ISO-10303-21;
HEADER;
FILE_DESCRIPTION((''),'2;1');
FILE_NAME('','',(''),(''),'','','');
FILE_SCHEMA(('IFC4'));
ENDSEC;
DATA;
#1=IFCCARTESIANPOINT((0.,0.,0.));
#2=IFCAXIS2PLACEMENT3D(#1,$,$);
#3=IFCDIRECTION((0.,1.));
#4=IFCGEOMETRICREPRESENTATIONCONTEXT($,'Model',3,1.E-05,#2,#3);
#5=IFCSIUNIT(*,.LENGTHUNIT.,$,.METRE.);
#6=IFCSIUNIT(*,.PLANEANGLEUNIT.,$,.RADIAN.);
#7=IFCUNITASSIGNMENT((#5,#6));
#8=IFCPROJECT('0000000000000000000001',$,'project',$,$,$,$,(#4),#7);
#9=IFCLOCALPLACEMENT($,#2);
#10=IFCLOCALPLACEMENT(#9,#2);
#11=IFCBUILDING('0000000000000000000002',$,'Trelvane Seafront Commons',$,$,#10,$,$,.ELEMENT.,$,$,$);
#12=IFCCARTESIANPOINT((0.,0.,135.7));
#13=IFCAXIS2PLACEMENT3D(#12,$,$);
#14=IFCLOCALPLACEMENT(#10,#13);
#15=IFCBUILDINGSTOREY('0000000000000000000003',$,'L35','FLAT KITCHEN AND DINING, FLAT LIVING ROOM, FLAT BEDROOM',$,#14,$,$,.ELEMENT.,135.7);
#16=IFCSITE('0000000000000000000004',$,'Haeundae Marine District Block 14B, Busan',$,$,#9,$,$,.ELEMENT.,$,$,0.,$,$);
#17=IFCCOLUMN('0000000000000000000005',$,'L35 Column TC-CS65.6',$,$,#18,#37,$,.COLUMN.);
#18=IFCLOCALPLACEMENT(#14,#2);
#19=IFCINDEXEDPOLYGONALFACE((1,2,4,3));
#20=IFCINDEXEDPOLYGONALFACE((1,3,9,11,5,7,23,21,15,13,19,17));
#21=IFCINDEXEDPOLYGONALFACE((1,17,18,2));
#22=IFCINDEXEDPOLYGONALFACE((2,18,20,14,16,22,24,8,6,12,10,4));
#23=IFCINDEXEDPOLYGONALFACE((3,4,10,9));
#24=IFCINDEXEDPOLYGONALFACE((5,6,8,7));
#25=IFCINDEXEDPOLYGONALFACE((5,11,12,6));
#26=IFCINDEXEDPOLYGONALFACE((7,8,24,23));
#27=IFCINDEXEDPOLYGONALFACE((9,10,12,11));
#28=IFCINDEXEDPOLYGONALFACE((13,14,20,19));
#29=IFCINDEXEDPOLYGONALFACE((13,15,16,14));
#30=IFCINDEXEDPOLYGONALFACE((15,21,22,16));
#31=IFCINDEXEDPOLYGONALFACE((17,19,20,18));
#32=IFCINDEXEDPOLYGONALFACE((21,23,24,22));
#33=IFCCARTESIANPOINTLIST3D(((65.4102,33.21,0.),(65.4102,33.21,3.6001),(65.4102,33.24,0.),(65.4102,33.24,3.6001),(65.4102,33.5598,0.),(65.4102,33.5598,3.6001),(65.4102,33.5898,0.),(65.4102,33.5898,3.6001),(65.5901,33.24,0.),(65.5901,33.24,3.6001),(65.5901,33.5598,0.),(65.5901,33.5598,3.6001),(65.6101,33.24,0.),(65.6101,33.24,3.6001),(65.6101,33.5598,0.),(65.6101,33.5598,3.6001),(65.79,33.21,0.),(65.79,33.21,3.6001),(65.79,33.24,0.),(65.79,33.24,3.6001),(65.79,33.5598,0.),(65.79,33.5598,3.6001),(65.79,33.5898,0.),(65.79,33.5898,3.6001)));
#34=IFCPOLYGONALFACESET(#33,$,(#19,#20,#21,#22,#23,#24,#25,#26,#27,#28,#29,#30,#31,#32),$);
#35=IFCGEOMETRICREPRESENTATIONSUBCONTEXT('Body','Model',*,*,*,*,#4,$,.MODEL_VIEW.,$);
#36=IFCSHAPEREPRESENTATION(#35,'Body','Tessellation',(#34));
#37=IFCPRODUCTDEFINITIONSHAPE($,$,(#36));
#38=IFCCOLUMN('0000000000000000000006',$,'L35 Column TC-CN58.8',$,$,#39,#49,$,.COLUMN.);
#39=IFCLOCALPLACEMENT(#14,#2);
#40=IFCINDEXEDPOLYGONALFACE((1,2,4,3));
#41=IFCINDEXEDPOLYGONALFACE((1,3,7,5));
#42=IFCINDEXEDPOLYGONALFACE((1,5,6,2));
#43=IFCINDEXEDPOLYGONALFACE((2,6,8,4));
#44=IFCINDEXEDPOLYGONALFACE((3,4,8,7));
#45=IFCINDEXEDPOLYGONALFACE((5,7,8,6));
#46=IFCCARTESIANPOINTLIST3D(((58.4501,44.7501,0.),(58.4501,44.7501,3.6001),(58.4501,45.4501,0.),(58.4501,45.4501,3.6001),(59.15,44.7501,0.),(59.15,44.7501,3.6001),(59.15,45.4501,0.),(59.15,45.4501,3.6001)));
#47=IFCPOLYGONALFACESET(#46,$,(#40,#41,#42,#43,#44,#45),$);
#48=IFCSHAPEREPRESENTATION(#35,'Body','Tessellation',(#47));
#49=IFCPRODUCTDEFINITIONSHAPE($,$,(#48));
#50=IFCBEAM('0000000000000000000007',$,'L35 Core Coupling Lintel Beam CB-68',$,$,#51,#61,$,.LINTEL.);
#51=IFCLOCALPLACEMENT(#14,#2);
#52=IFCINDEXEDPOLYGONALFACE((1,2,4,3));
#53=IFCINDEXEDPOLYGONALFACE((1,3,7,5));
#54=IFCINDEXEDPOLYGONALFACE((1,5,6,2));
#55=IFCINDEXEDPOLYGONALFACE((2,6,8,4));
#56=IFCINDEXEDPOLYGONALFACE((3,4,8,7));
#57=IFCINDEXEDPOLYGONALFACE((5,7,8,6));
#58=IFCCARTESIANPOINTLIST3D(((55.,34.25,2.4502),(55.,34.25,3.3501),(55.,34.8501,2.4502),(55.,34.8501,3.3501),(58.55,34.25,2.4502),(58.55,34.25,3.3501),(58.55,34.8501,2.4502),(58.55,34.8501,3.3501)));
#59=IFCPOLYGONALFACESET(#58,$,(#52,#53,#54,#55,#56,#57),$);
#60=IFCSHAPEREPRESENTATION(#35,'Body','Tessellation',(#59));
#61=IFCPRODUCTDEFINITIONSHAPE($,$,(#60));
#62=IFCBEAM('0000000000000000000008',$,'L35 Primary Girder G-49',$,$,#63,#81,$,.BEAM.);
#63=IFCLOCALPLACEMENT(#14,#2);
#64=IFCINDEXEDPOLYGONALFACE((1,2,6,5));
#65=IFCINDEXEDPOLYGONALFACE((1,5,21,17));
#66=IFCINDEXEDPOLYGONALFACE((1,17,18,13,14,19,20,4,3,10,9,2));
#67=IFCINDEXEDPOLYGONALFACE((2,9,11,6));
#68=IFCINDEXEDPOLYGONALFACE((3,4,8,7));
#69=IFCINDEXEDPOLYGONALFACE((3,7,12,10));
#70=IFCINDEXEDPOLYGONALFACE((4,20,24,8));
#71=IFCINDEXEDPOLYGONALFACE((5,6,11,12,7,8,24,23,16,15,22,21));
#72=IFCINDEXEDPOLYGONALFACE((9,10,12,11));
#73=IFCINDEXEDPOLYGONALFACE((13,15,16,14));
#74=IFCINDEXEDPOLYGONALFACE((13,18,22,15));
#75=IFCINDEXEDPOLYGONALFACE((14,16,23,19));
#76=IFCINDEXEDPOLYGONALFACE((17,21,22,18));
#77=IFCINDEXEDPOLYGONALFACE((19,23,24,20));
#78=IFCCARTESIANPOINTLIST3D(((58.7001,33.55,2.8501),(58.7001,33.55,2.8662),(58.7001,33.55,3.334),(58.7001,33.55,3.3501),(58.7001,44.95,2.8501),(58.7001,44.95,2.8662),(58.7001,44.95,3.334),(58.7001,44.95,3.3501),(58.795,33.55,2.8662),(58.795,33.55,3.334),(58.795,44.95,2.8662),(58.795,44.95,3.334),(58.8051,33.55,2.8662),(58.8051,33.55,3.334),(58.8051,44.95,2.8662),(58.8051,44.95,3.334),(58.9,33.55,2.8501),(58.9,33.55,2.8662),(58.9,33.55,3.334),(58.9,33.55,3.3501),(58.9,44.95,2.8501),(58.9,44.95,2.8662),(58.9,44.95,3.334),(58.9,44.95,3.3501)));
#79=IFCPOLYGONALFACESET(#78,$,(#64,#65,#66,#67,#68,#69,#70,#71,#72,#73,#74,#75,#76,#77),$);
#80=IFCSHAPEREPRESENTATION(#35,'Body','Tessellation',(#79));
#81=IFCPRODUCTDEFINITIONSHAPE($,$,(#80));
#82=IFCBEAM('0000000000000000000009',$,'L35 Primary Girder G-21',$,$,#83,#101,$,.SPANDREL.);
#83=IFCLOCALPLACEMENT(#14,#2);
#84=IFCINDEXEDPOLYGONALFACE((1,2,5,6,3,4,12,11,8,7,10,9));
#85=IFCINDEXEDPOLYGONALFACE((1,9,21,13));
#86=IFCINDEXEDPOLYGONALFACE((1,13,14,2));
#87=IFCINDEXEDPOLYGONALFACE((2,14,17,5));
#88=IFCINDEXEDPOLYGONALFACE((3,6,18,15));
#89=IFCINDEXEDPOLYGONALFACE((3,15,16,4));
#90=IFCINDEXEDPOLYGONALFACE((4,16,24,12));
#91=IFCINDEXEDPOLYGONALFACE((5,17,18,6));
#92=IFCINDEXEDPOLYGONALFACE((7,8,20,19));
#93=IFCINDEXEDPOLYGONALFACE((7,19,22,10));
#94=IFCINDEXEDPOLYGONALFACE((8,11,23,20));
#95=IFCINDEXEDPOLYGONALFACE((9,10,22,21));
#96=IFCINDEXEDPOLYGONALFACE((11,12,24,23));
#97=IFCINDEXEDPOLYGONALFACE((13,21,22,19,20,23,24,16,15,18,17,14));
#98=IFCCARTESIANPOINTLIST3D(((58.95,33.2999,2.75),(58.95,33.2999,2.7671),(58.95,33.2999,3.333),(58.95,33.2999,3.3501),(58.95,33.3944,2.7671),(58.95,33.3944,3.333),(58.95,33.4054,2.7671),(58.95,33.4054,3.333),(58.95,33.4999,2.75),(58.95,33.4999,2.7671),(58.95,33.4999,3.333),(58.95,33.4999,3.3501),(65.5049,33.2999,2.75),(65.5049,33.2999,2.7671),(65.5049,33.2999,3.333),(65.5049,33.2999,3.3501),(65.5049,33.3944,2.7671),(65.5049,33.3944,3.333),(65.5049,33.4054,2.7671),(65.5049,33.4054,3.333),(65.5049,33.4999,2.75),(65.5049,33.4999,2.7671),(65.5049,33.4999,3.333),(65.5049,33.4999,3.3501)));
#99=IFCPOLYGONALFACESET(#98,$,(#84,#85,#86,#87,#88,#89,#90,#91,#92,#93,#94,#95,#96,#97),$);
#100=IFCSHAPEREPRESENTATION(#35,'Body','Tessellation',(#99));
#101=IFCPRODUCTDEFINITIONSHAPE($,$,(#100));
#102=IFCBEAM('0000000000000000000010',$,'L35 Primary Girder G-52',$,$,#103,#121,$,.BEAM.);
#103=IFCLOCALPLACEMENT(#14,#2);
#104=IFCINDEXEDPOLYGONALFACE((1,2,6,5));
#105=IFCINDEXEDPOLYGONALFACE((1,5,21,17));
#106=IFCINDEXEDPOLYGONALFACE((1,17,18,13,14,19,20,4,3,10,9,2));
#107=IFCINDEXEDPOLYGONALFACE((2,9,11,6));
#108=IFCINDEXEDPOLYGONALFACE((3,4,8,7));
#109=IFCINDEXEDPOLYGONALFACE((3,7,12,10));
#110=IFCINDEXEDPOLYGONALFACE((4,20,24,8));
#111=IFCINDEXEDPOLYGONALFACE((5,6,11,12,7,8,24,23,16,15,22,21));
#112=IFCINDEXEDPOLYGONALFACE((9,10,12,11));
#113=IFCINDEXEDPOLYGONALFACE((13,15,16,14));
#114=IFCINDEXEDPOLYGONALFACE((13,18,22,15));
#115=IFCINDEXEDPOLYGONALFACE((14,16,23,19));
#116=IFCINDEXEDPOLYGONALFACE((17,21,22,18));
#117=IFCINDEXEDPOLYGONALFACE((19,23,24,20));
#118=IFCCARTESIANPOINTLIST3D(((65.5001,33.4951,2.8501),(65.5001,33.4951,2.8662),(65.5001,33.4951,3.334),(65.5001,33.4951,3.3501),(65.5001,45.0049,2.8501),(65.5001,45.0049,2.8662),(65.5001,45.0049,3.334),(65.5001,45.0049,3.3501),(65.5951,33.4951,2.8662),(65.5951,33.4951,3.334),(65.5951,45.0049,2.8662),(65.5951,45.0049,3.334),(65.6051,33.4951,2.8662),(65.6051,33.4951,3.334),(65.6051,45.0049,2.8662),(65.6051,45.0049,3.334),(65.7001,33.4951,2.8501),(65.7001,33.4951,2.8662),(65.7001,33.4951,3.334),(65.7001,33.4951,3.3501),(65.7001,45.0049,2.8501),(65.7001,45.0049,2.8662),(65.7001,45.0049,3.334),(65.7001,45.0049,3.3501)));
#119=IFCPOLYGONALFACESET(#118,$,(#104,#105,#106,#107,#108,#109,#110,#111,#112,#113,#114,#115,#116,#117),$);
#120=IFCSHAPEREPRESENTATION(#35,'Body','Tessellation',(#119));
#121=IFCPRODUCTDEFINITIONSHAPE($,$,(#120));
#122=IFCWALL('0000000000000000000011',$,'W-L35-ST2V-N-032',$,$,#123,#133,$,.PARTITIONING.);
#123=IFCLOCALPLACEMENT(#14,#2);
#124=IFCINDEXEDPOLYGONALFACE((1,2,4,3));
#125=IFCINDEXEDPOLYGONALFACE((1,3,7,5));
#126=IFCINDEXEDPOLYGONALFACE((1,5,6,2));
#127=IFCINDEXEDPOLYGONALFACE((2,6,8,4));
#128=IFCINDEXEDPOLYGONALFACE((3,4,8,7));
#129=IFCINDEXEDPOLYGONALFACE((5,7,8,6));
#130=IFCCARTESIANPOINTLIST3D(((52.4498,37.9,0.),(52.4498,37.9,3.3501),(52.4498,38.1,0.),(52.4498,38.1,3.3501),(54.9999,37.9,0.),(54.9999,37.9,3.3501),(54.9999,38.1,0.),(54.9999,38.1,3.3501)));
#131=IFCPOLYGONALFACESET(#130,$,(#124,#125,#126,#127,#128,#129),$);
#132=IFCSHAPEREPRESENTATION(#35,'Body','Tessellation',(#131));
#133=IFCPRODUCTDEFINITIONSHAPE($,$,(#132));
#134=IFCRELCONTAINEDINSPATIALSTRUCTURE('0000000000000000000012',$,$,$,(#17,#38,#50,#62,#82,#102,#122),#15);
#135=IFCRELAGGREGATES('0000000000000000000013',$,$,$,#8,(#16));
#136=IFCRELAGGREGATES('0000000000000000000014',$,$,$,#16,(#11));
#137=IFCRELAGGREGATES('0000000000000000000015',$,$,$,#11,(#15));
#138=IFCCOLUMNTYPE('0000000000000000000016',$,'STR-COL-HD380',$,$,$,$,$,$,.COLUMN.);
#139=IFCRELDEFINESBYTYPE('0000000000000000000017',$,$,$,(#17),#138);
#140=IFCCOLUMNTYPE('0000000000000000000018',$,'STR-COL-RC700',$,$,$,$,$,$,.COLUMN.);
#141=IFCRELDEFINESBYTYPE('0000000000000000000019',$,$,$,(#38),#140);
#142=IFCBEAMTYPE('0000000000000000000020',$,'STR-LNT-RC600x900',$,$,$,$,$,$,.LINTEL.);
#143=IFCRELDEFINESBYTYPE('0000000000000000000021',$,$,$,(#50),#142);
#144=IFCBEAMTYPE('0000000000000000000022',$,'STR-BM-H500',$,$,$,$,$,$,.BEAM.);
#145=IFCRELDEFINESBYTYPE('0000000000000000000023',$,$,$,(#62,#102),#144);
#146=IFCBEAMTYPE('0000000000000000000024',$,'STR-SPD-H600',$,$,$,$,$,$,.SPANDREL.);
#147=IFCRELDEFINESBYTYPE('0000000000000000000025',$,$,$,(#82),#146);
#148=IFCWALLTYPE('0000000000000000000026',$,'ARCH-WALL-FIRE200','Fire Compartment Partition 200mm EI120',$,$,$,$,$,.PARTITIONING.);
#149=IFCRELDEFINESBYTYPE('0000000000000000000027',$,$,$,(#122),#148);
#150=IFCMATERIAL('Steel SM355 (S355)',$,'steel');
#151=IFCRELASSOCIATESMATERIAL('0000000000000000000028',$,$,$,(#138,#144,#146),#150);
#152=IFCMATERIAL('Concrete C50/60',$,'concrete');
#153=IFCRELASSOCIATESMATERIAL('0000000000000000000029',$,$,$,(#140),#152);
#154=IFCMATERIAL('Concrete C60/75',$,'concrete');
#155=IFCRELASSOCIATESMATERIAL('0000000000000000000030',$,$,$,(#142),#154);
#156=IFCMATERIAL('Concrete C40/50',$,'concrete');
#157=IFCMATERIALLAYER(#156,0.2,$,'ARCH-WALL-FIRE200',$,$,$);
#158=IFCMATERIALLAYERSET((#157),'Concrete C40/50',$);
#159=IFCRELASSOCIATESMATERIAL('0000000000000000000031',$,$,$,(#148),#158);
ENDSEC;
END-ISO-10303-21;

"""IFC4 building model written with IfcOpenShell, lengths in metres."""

from ifc_helpers import new_model, si_unit, direction, frame, frame_2d, origin, origin_2d, place, context, subcontext, project, spatial, rectangle, i_section, extrude, source, transform, mapped, material, layer, layer_set, material_profile, profile_set, type_object, element, save


model = new_model("IFC4")

# Units and contexts
model_context = context("Model", 3, precision=1e-05, world=origin(), true_north=direction((0.0, 1.0)))
body_context = subcontext(model_context, "Body", "Model", "MODEL_VIEW")
ifc_project = project(units=[si_unit("LENGTHUNIT", "METRE"), si_unit("PLANEANGLEUNIT", "RADIAN")], contexts=[model_context])

# Site, building, storey
site_placement = place(None, origin())
site = spatial("IfcSite", under=ifc_project, at=site_placement, Name="Haeundae Marine District Block 14B, Busan", CompositionType="ELEMENT", RefElevation=0.0)
building_placement = place(site_placement, origin())
building = spatial("IfcBuilding", under=site, at=building_placement, Name="Trelvane Seafront Commons", CompositionType="ELEMENT")
storey_placement = place(building_placement, frame((0.0, 0.0, 135.7)))
storey = spatial("IfcBuildingStorey", under=building, at=storey_placement, Name="L35", Description="FLAT KITCHEN AND DINING, FLAT LIVING ROOM, FLAT BEDROOM", CompositionType="ELEMENT", Elevation=135.7)

# Columns
ifc_material_1 = material(Name="Steel SM355 (S355)", Category="steel")
ifc_material_profile_1 = material_profile(ifc_material_1, i_section(OverallWidth=0.3799, OverallDepth=0.3799, WebThickness=0.02, FlangeThickness=0.03, at=origin_2d()), Name="HD-380x380x20x30")
ifc_profile_set_1 = profile_set([ifc_material_profile_1], Name="Steel SM355 (S355)")
column_type_1 = type_object("IfcColumnType", Name="STR-COL-HD380", PredefinedType="COLUMN", material=ifc_profile_set_1)
shared_shape_1 = source(origin(), body_context, "Body", "SweptSolid", [
    extrude(i_section(OverallWidth=0.3799, OverallDepth=0.3799, WebThickness=0.02, FlangeThickness=0.03, at=origin_2d()), origin(), (0.0, 0.0, 1.0), 3.6001),
])
column_1_placement = place(storey_placement, frame((65.6001, 33.3999, 0.0), z_axis=(0.0, 0.0, 1.0), x_axis=(1.0, 0.0, 0.0)))
element("IfcColumn", 1, at=column_1_placement, inside=storey, type_object=column_type_1, Name="L35 Column TC-CS65.6", PredefinedType="COLUMN", context=body_context, shape_type="MappedRepresentation", body=[
    mapped(shared_shape_1, transform((0.0, 0.0, 0.0), x_axis=(1.0, 0.0, 0.0), y_axis=(0.0, 1.0, 0.0), z_axis=(0.0, 0.0, 1.0), scale=1.0)),
])
ifc_material_2 = material(Name="Concrete C50/60", Category="concrete")
ifc_material_profile_2 = material_profile(ifc_material_2, rectangle(XDim=0.7, YDim=0.7, at=origin_2d()), Name="RC-700x700")
ifc_profile_set_2 = profile_set([ifc_material_profile_2], Name="Concrete C50/60")
column_type_2 = type_object("IfcColumnType", Name="STR-COL-RC700", PredefinedType="COLUMN", material=ifc_profile_set_2)
shared_shape_2 = source(origin(), body_context, "Body", "SweptSolid", [
    extrude(rectangle(XDim=0.7, YDim=0.7, at=origin_2d()), origin(), (0.0, 0.0, 1.0), 3.6001),
])
column_2_placement = place(storey_placement, frame((58.8, 45.1001, 0.0), z_axis=(0.0, 0.0, 1.0), x_axis=(1.0, 0.0, 0.0)))
element("IfcColumn", 2, at=column_2_placement, inside=storey, type_object=column_type_2, Name="L35 Column TC-CN58.8", PredefinedType="COLUMN", context=body_context, shape_type="MappedRepresentation", body=[
    mapped(shared_shape_2, transform((0.0, 0.0, 0.0), x_axis=(1.0, 0.0, 0.0), y_axis=(0.0, 1.0, 0.0), z_axis=(0.0, 0.0, 1.0), scale=1.0)),
])

# Beams
ifc_material_3 = material(Name="Concrete C60/75", Category="concrete")
ifc_material_profile_3 = material_profile(ifc_material_3, rectangle(XDim=0.6001, YDim=0.8999, at=origin_2d()), Name="RC-600x900")
ifc_profile_set_3 = profile_set([ifc_material_profile_3], Name="Concrete C60/75")
beam_type_1 = type_object("IfcBeamType", Name="STR-LNT-RC600x900", PredefinedType="LINTEL", material=ifc_profile_set_3)
shared_shape_3 = source(origin(), body_context, "Body", "SweptSolid", [
    extrude(rectangle(XDim=0.6001, YDim=0.8999, at=origin_2d()), origin(), (0.0, 0.0, 1.0), 3.55),
])
beam_1_placement = place(storey_placement, frame((55.0, 34.55, 2.9001), z_axis=(1.0, 0.0, 0.0), x_axis=(0.0, 1.0, 0.0)))
element("IfcBeam", 3, at=beam_1_placement, inside=storey, type_object=beam_type_1, Name="L35 Core Coupling Lintel Beam CB-68", PredefinedType="LINTEL", context=body_context, shape_type="MappedRepresentation", body=[
    mapped(shared_shape_3, transform((0.0, 0.0, 0.0), x_axis=(1.0, 0.0, 0.0), y_axis=(0.0, 1.0, 0.0), z_axis=(0.0, 0.0, 1.0), scale=1.0)),
])
ifc_material_profile_4 = material_profile(ifc_material_1, i_section(OverallWidth=0.2, OverallDepth=0.5, WebThickness=0.01, FlangeThickness=0.0161, at=origin_2d()), Name="H-500x200x10x16")
ifc_profile_set_4 = profile_set([ifc_material_profile_4], Name="Steel SM355 (S355)")
beam_type_2 = type_object("IfcBeamType", Name="STR-BM-H500", PredefinedType="BEAM", material=ifc_profile_set_4)
shared_shape_4 = source(origin(), body_context, "Body", "SweptSolid", [
    extrude(i_section(OverallWidth=0.2, OverallDepth=0.5, WebThickness=0.01, FlangeThickness=0.0161, at=origin_2d()), origin(), (0.0, 0.0, 1.0), 11.3999),
])
beam_2_placement = place(storey_placement, frame((58.8, 33.55, 3.1001), z_axis=(0.0, 1.0, 0.0), x_axis=(-1.0, 0.0, 0.0)))
element("IfcBeam", 4, at=beam_2_placement, inside=storey, type_object=beam_type_2, Name="L35 Primary Girder G-49", PredefinedType="BEAM", context=body_context, shape_type="MappedRepresentation", body=[
    mapped(shared_shape_4, transform((0.0, 0.0, 0.0), x_axis=(1.0, 0.0, 0.0), y_axis=(0.0, 1.0, 0.0), z_axis=(0.0, 0.0, 1.0), scale=1.0)),
])
ifc_material_profile_5 = material_profile(ifc_material_1, i_section(OverallWidth=0.2, OverallDepth=0.6001, WebThickness=0.011, FlangeThickness=0.0171, at=origin_2d()), Name="H-600x200x11x17")
ifc_profile_set_5 = profile_set([ifc_material_profile_5], Name="Steel SM355 (S355)")
beam_type_3 = type_object("IfcBeamType", Name="STR-SPD-H600", PredefinedType="SPANDREL", material=ifc_profile_set_5)
shared_shape_5 = source(origin(), body_context, "Body", "SweptSolid", [
    extrude(i_section(OverallWidth=0.2, OverallDepth=0.6001, WebThickness=0.011, FlangeThickness=0.0171, at=origin_2d()), origin(), (0.0, 0.0, 1.0), 6.5549),
])
beam_3_placement = place(storey_placement, frame((58.95, 33.3999, 3.05), z_axis=(1.0, 0.0, 0.0), x_axis=(0.0, 1.0, 0.0)))
element("IfcBeam", 5, at=beam_3_placement, inside=storey, type_object=beam_type_3, Name="L35 Primary Girder G-21", PredefinedType="SPANDREL", context=body_context, shape_type="MappedRepresentation", body=[
    mapped(shared_shape_5, transform((0.0, 0.0, 0.0), x_axis=(1.0, 0.0, 0.0), y_axis=(0.0, 1.0, 0.0), z_axis=(0.0, 0.0, 1.0), scale=1.0)),
])
shared_shape_6 = source(origin(), body_context, "Body", "SweptSolid", [
    extrude(i_section(OverallWidth=0.2, OverallDepth=0.5, WebThickness=0.01, FlangeThickness=0.0161, at=origin_2d()), origin(), (0.0, 0.0, 1.0), 11.5098),
])
beam_4_placement = place(storey_placement, frame((65.6001, 33.4951, 3.1001), z_axis=(0.0, 1.0, 0.0), x_axis=(-1.0, 0.0, 0.0)))
element("IfcBeam", 6, at=beam_4_placement, inside=storey, type_object=beam_type_2, Name="L35 Primary Girder G-52", PredefinedType="BEAM", context=body_context, shape_type="MappedRepresentation", body=[
    mapped(shared_shape_6, transform((0.0, 0.0, 0.0), x_axis=(1.0, 0.0, 0.0), y_axis=(0.0, 1.0, 0.0), z_axis=(0.0, 0.0, 1.0), scale=1.0)),
])

# Wall
ifc_material_4 = material(Name="Concrete C40/50", Category="concrete")
ifc_layer_1 = layer(ifc_material_4, 0.2, Name="ARCH-WALL-FIRE200")
ifc_layer_set_1 = layer_set([ifc_layer_1], Name="Concrete C40/50")
wall_type_1 = type_object("IfcWallType", Name="ARCH-WALL-FIRE200", Description="Fire Compartment Partition 200mm EI120", PredefinedType="PARTITIONING", material=ifc_layer_set_1)
wall_1_placement = place(storey_placement, frame((52.45, 38.0, 0.0), z_axis=(0.0, 0.0, 1.0), x_axis=(1.0, 0.0, 0.0)))
element("IfcWall", 7, at=wall_1_placement, inside=storey, type_object=wall_type_1, Name="W-L35-ST2V-N-032", PredefinedType="PARTITIONING", context=body_context, shape_type="SweptSolid", body=[
    extrude(rectangle(XDim=2.55, YDim=0.2, at=frame_2d((1.2749, 0.0))), origin(), (0.0, 0.0, 1.0), 3.3501),
])

save(model, "model.ifc")
